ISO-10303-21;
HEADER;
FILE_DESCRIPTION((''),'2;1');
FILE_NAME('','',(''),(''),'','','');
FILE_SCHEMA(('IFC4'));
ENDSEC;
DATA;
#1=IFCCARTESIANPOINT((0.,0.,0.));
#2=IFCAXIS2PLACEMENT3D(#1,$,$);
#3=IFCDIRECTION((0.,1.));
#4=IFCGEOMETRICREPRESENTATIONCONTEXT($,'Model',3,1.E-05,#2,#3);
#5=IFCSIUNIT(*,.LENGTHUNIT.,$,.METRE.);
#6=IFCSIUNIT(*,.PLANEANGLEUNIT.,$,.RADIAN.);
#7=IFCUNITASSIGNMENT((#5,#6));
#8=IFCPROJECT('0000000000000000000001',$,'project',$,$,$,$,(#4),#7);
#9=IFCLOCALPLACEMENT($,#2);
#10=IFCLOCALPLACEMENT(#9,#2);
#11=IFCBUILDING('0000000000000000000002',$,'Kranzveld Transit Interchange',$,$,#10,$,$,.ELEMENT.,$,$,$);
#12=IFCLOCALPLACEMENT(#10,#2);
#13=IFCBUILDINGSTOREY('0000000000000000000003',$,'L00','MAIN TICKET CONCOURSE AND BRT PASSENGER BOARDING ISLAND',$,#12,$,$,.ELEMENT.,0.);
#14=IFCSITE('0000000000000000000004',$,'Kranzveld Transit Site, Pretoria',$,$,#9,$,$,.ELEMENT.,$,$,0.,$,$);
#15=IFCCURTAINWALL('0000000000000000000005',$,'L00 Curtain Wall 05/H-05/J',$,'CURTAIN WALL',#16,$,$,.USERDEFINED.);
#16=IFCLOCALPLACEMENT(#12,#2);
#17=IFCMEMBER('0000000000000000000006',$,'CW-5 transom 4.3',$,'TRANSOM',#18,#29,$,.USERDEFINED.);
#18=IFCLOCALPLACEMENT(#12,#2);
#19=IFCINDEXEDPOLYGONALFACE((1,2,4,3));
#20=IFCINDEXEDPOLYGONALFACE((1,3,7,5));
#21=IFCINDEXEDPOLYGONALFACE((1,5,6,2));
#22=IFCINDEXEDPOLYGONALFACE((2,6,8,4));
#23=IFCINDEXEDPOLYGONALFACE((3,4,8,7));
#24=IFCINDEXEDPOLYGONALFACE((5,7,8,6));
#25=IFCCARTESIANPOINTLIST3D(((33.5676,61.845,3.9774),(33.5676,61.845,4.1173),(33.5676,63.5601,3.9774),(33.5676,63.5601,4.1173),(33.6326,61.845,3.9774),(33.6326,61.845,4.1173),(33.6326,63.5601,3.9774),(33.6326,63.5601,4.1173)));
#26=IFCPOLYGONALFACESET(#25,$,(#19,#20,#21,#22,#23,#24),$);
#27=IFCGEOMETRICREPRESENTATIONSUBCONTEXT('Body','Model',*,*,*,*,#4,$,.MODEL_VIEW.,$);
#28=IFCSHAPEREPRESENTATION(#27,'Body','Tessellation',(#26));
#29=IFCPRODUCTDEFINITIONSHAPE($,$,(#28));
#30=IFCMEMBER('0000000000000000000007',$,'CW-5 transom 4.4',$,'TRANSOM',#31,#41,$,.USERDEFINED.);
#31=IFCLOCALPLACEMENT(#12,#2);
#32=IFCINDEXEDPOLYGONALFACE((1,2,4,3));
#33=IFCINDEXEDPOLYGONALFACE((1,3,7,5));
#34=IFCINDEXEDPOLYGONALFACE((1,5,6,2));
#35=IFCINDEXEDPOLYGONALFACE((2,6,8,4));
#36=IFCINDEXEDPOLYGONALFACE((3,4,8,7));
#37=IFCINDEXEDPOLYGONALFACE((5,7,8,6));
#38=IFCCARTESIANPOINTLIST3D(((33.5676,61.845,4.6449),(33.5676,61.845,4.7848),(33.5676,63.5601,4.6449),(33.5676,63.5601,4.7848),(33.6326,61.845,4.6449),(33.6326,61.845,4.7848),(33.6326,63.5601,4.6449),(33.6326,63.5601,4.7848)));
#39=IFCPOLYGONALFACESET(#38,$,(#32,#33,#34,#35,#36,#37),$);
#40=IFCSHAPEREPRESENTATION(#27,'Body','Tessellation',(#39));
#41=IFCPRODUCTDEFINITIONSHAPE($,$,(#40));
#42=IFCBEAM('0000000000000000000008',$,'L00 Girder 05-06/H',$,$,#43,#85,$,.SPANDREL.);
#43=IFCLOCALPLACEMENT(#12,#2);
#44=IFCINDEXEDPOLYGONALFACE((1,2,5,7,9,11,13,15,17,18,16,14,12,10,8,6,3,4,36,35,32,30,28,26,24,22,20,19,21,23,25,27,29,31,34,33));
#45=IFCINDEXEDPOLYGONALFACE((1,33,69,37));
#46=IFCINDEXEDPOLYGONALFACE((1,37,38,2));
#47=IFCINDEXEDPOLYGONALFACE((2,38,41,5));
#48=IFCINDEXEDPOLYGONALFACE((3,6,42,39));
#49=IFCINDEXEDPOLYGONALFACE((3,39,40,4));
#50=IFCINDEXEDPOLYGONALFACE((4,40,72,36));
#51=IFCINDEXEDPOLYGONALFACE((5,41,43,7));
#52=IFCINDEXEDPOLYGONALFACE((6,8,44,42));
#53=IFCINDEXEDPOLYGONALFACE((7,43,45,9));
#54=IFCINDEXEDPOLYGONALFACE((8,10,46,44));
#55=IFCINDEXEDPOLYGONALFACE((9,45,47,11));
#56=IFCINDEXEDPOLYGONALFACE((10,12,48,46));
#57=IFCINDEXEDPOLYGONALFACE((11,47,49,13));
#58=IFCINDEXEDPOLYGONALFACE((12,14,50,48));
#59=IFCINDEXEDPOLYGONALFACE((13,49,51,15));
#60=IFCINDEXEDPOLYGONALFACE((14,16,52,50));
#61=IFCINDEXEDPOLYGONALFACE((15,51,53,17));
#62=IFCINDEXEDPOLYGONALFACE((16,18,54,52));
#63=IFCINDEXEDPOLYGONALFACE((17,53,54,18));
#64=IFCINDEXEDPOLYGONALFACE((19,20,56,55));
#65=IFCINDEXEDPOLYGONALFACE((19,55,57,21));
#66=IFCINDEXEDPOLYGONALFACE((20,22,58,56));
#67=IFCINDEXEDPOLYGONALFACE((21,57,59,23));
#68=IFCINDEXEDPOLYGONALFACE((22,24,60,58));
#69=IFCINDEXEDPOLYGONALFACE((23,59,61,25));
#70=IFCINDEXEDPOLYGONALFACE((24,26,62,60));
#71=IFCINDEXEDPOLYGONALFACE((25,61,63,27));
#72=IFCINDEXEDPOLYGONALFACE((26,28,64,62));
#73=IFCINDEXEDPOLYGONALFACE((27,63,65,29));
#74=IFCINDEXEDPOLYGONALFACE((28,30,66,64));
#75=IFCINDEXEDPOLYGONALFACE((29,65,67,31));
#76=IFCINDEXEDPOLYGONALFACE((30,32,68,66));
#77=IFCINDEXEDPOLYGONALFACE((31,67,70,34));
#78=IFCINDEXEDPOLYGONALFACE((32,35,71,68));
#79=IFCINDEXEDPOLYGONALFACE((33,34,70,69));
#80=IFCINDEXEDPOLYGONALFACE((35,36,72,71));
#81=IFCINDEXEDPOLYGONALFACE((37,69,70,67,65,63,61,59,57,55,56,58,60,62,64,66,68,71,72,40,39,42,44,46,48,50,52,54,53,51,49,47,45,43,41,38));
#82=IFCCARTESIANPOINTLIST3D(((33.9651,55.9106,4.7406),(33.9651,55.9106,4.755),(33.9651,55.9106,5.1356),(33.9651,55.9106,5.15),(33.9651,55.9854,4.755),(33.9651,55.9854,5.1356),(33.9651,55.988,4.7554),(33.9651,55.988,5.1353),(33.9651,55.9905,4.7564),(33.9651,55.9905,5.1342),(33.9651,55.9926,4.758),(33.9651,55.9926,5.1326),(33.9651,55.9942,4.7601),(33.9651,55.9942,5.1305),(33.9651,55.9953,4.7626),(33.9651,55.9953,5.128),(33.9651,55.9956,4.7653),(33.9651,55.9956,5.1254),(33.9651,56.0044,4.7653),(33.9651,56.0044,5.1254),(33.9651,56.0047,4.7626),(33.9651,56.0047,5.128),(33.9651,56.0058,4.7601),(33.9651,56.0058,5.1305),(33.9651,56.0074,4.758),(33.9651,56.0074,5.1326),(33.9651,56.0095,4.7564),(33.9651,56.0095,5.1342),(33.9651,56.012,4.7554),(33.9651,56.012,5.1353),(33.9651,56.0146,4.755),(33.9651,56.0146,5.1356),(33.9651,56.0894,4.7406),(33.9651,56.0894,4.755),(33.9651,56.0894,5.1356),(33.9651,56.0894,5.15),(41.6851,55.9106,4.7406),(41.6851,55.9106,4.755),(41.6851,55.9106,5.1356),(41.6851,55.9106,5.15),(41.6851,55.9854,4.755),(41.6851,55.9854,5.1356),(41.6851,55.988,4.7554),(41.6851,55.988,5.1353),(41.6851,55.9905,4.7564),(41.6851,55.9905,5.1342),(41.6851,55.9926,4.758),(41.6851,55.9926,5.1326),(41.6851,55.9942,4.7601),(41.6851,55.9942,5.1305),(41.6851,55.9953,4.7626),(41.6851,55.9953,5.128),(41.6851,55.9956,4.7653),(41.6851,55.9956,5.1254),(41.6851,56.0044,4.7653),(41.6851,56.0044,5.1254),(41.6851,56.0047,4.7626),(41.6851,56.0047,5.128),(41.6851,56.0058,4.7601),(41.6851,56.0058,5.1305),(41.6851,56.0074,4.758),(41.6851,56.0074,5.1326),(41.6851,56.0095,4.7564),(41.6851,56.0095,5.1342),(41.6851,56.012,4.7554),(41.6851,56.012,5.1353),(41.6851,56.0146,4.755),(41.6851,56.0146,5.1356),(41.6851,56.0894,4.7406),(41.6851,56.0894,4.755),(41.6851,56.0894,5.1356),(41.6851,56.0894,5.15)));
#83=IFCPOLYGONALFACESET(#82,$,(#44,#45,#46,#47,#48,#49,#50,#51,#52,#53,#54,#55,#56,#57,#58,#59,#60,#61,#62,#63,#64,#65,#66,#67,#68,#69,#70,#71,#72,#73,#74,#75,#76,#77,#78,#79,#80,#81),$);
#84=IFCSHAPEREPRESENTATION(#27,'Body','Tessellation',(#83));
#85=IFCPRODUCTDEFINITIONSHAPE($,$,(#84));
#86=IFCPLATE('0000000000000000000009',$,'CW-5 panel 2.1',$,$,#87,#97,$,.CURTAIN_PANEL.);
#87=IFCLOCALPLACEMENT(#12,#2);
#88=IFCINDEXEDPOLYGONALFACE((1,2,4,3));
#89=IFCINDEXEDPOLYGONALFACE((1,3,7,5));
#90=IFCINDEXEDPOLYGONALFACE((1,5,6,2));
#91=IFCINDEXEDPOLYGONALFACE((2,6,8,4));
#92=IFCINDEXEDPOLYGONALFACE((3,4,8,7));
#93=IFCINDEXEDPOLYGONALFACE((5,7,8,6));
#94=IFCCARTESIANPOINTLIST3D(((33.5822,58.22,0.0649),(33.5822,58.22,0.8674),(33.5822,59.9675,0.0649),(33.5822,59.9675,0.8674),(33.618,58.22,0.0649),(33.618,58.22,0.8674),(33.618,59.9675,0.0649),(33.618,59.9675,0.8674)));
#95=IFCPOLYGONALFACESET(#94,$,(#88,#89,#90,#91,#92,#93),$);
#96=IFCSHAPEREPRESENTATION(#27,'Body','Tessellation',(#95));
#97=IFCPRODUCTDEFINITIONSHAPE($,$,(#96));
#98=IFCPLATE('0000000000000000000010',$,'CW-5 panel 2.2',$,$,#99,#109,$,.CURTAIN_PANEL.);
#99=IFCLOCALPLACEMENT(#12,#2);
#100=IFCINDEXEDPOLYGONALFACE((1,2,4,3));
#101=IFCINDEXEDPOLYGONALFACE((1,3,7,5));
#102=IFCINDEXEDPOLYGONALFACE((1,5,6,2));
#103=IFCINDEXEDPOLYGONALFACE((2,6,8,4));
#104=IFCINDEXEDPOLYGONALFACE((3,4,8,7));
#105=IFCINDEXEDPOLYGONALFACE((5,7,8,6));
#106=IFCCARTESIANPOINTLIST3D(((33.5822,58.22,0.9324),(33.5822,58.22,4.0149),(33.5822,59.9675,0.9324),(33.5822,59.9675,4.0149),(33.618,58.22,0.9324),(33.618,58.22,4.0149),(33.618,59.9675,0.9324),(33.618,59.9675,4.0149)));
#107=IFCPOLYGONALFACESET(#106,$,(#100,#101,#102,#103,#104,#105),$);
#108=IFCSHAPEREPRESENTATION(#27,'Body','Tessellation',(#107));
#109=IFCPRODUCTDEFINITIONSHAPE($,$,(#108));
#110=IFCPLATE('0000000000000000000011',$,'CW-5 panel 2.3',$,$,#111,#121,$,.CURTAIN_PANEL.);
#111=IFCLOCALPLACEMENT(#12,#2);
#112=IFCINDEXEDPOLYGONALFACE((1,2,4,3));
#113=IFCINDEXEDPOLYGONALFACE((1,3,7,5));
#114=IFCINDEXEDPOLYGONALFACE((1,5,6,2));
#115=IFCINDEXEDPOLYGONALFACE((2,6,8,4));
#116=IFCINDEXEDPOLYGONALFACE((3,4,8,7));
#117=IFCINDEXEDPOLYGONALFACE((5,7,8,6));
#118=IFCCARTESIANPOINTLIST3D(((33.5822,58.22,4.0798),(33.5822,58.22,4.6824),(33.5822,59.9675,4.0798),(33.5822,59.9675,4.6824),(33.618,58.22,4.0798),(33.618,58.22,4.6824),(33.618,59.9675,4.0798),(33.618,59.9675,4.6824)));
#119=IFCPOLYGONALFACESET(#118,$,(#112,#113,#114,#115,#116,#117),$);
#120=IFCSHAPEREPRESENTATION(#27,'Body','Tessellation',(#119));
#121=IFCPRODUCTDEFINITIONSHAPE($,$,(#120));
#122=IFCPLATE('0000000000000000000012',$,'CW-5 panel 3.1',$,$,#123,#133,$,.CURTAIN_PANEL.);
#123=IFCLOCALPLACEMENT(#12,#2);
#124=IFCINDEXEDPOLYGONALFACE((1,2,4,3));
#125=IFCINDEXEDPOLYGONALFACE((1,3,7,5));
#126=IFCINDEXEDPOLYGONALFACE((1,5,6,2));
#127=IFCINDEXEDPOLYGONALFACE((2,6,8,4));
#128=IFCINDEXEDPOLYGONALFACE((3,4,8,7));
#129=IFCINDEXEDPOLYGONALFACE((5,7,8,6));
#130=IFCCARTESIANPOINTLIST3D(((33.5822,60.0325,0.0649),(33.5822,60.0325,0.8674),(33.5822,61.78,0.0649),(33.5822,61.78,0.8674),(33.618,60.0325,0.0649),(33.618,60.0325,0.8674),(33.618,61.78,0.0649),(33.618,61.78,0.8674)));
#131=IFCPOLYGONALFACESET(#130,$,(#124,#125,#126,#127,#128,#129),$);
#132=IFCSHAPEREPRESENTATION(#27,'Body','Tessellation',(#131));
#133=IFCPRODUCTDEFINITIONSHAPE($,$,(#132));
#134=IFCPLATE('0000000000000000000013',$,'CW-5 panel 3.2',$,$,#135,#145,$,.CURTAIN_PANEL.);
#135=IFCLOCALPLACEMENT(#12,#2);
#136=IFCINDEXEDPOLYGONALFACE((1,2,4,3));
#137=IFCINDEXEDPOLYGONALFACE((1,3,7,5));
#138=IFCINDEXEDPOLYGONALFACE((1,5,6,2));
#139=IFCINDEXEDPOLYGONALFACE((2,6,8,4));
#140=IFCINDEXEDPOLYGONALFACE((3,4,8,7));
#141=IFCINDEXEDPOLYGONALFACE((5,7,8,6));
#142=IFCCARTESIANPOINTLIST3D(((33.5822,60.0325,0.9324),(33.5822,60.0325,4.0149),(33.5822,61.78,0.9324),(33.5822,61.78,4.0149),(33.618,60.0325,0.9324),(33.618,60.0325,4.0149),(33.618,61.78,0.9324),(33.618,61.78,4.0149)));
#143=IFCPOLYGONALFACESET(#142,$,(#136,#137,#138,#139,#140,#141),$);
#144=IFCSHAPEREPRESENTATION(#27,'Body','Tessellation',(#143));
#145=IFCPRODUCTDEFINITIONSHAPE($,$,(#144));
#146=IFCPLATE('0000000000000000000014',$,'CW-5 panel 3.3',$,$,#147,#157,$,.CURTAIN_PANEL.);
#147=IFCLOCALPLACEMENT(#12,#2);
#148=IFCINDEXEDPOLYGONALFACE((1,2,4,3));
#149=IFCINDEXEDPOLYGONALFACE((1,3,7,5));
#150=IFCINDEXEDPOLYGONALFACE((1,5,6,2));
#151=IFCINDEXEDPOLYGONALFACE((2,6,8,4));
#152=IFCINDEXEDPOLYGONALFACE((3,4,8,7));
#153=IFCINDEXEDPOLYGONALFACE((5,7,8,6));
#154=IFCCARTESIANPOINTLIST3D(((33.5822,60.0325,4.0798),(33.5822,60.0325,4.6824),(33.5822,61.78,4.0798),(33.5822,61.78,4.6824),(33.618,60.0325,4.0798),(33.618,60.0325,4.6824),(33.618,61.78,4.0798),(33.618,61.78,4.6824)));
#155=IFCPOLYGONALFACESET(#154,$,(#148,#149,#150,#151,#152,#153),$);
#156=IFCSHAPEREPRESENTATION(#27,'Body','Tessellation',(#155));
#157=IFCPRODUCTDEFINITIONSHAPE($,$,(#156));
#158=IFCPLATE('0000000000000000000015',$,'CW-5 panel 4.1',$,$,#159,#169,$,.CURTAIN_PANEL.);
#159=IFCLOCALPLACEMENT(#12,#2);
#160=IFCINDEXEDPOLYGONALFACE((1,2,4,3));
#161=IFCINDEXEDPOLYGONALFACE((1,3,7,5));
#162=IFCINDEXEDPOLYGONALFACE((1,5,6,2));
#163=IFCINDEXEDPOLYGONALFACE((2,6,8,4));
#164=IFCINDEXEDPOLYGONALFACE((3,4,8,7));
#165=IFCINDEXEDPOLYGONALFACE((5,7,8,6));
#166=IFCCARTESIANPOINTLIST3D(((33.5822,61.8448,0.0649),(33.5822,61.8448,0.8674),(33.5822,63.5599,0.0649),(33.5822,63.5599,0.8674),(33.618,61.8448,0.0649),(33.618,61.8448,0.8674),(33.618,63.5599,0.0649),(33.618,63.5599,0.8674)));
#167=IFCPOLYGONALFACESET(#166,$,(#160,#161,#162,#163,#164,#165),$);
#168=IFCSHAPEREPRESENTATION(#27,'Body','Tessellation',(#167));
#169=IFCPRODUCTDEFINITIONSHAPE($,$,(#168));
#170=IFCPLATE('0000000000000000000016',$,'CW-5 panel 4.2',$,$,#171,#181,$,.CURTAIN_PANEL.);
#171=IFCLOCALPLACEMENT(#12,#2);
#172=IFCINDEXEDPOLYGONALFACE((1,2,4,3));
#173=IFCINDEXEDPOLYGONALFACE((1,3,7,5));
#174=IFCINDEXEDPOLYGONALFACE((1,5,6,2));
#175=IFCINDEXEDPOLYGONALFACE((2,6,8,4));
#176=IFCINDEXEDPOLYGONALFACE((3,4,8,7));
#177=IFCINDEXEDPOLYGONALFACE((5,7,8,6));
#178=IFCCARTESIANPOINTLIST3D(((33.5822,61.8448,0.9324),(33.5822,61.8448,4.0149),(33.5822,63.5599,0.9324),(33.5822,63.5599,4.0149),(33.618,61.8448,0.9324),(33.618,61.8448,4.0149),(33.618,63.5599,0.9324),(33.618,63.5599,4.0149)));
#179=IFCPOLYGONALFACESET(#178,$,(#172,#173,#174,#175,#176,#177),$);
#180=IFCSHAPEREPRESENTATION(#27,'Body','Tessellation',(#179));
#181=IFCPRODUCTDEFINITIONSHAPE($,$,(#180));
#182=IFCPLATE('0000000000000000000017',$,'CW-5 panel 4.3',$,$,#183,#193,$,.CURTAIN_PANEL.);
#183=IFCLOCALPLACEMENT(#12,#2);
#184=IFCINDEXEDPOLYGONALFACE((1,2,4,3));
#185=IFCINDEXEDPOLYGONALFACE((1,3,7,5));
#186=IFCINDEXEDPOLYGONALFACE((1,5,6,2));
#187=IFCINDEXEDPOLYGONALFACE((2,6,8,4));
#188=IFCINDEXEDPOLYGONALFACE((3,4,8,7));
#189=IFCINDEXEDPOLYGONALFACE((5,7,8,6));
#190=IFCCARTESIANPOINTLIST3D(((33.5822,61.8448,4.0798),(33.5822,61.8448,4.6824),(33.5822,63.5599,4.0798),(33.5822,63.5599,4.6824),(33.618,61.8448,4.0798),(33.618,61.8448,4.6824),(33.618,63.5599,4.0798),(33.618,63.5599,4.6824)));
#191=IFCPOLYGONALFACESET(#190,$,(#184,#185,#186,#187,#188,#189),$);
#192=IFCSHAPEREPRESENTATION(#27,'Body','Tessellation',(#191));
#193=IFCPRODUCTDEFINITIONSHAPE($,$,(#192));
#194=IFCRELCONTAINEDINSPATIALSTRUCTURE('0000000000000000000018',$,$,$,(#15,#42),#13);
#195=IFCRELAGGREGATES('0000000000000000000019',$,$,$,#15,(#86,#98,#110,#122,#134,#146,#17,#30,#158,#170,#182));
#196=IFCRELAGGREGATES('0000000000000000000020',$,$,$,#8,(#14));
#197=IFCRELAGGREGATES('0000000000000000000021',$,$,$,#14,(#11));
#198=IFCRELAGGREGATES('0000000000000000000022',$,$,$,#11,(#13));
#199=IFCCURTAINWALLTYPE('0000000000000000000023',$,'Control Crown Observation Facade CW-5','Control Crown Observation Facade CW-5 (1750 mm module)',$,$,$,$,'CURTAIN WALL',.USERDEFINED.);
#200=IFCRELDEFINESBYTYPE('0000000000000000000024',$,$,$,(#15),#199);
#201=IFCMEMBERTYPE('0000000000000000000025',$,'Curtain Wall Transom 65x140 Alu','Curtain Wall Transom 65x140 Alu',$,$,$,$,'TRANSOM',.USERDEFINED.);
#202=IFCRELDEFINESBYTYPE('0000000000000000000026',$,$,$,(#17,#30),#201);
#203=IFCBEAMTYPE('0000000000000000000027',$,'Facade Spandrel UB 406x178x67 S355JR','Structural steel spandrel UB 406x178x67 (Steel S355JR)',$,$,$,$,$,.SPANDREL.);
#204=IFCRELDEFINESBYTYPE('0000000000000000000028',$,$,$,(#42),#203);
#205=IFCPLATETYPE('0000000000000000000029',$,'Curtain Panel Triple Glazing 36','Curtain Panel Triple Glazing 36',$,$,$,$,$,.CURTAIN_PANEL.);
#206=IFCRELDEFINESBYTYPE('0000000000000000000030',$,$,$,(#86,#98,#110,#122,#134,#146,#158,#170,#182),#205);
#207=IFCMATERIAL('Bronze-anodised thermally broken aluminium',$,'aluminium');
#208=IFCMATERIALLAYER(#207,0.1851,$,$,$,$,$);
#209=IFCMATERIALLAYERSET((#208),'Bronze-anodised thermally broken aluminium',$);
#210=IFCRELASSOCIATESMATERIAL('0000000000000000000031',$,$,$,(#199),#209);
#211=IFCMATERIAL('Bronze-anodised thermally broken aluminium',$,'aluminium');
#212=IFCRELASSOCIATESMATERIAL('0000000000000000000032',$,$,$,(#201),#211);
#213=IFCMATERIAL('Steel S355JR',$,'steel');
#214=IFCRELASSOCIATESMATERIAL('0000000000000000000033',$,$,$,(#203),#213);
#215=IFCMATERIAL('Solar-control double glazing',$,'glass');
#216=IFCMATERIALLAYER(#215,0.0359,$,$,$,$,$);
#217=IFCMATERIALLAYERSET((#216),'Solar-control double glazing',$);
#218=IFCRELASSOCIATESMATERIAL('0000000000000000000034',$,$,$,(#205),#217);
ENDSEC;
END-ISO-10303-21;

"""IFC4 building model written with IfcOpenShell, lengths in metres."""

from ifc_helpers import new_model, si_unit, direction, frame, origin, origin_2d, place, context, subcontext, project, spatial, rectangle, i_section, extrude, material, layer, layer_set, material_profile, profile_set, type_object, element, aggregate, save


model = new_model("IFC4")

# Units and contexts
model_context = context("Model", 3, precision=1e-05, world=origin(), true_north=direction((0.0, 1.0)))
body_context = subcontext(model_context, "Body", "Model", "MODEL_VIEW")
ifc_project = project(units=[si_unit("LENGTHUNIT", "METRE"), si_unit("PLANEANGLEUNIT", "RADIAN")], contexts=[model_context])

# Site, building, storey
site_placement = place(None, origin())
site = spatial("IfcSite", under=ifc_project, at=site_placement, Name="Kranzveld Transit Site, Pretoria", CompositionType="ELEMENT", RefElevation=0.0)
building_placement = place(site_placement, origin())
building = spatial("IfcBuilding", under=site, at=building_placement, Name="Kranzveld Transit Interchange", CompositionType="ELEMENT")
storey_placement = place(building_placement, origin())
storey = spatial("IfcBuildingStorey", under=building, at=storey_placement, Name="L00", Description="MAIN TICKET CONCOURSE AND BRT PASSENGER BOARDING ISLAND", CompositionType="ELEMENT", Elevation=0.0)

# Curtain wall, members
ifc_material_1 = material(Name="Bronze-anodised thermally broken aluminium", Category="aluminium")
ifc_layer_1 = layer(ifc_material_1, 0.1851)
ifc_layer_set_1 = layer_set([ifc_layer_1], Name="Bronze-anodised thermally broken aluminium")
curtain_wall_type = type_object("IfcCurtainWallType", Name="Control Crown Observation Facade CW-5", Description="Control Crown Observation Facade CW-5 (1750 mm module)", ElementType="CURTAIN WALL", PredefinedType="USERDEFINED", material=ifc_layer_set_1)
curtain_wall_placement = place(storey_placement, origin())
curtain_wall = element("IfcCurtainWall", 1, at=curtain_wall_placement, inside=storey, type_object=curtain_wall_type, Name="L00 Curtain Wall 05/H-05/J", ObjectType="CURTAIN WALL", PredefinedType="USERDEFINED")
ifc_material_2 = material(Name="Bronze-anodised thermally broken aluminium", Category="aluminium")
ifc_material_profile_1 = material_profile(ifc_material_2, rectangle(XDim=0.0649, YDim=0.1399, at=origin_2d()), Name="ALU TRANSOM 65x140")
ifc_profile_set_1 = profile_set([ifc_material_profile_1], Name="Bronze-anodised thermally broken aluminium")
member_type_1 = type_object("IfcMemberType", Name="Curtain Wall Transom 65x140 Alu", Description="Curtain Wall Transom 65x140 Alu", ElementType="TRANSOM", PredefinedType="USERDEFINED", material=ifc_profile_set_1)
member_1_placement = place(storey_placement, frame((33.6001, 61.845, 4.0474), z_axis=(0.0, 1.0, 0.0), x_axis=(-1.0, 0.0, 0.0)))
member_1 = element("IfcMember", 2, at=member_1_placement, type_object=member_type_1, Name="CW-5 transom 4.3", ObjectType="TRANSOM", PredefinedType="USERDEFINED", context=body_context, shape_type="SweptSolid", body=[
    extrude(rectangle(XDim=0.0649, YDim=0.1399, at=origin_2d()), origin(), (0.0, 0.0, 1.0), 1.7151),
])
member_2_placement = place(storey_placement, frame((33.6001, 61.845, 4.7148), z_axis=(0.0, 1.0, 0.0), x_axis=(-1.0, 0.0, 0.0)))
member_2 = element("IfcMember", 3, at=member_2_placement, type_object=member_type_1, Name="CW-5 transom 4.4", ObjectType="TRANSOM", PredefinedType="USERDEFINED", context=body_context, shape_type="SweptSolid", body=[
    extrude(rectangle(XDim=0.0649, YDim=0.1399, at=origin_2d()), origin(), (0.0, 0.0, 1.0), 1.7151),
])

# Beam
ifc_material_3 = material(Name="Steel S355JR", Category="steel")
ifc_material_profile_2 = material_profile(ifc_material_3, i_section(OverallWidth=0.1787, OverallDepth=0.4094, WebThickness=0.0088, FlangeThickness=0.0144, FilletRadius=0.0103, at=origin_2d()), Name="UB 406x178x67")
ifc_profile_set_2 = profile_set([ifc_material_profile_2], Name="Steel S355JR")
beam_type = type_object("IfcBeamType", Name="Facade Spandrel UB 406x178x67 S355JR", Description="Structural steel spandrel UB 406x178x67 (Steel S355JR)", PredefinedType="SPANDREL", material=ifc_profile_set_2)
beam_placement = place(storey_placement, frame((33.9651, 56.0, 4.9453), z_axis=(1.0, 0.0, 0.0), x_axis=(0.0, 1.0, 0.0)))
element("IfcBeam", 4, at=beam_placement, inside=storey, type_object=beam_type, Name="L00 Girder 05-06/H", PredefinedType="SPANDREL", context=body_context, shape_type="SweptSolid", body=[
    extrude(i_section(OverallWidth=0.1787, OverallDepth=0.4094, WebThickness=0.0088, FlangeThickness=0.0144, FilletRadius=0.0103, at=origin_2d()), origin(), (0.0, 0.0, 1.0), 7.72),
])

# Plates
ifc_material_4 = material(Name="Solar-control double glazing", Category="glass")
ifc_layer_2 = layer(ifc_material_4, 0.0359)
ifc_layer_set_2 = layer_set([ifc_layer_2], Name="Solar-control double glazing")
plate_type = type_object("IfcPlateType", Name="Curtain Panel Triple Glazing 36", Description="Curtain Panel Triple Glazing 36", PredefinedType="CURTAIN_PANEL", material=ifc_layer_set_2)
plate_1_placement = place(storey_placement, frame((33.6001, 59.0938, 0.0649), z_axis=(0.0, 0.0, 1.0), x_axis=(0.0, 1.0, 0.0)))
plate_1 = element("IfcPlate", 5, at=plate_1_placement, type_object=plate_type, Name="CW-5 panel 2.1", PredefinedType="CURTAIN_PANEL", context=body_context, shape_type="SweptSolid", body=[
    extrude(rectangle(XDim=1.7476, YDim=0.0359, at=origin_2d()), origin(), (0.0, 0.0, 1.0), 0.8025),
])
plate_2_placement = place(storey_placement, frame((33.6001, 59.0938, 0.9324), z_axis=(0.0, 0.0, 1.0), x_axis=(0.0, 1.0, 0.0)))
plate_2 = element("IfcPlate", 6, at=plate_2_placement, type_object=plate_type, Name="CW-5 panel 2.2", PredefinedType="CURTAIN_PANEL", context=body_context, shape_type="SweptSolid", body=[
    extrude(rectangle(XDim=1.7476, YDim=0.0359, at=origin_2d()), origin(), (0.0, 0.0, 1.0), 3.0825),
])
plate_3_placement = place(storey_placement, frame((33.6001, 59.0938, 4.0798), z_axis=(0.0, 0.0, 1.0), x_axis=(0.0, 1.0, 0.0)))
plate_3 = element("IfcPlate", 7, at=plate_3_placement, type_object=plate_type, Name="CW-5 panel 2.3", PredefinedType="CURTAIN_PANEL", context=body_context, shape_type="SweptSolid", body=[
    extrude(rectangle(XDim=1.7476, YDim=0.0359, at=origin_2d()), origin(), (0.0, 0.0, 1.0), 0.6025),
])
plate_4_placement = place(storey_placement, frame((33.6001, 60.9062, 0.0649), z_axis=(0.0, 0.0, 1.0), x_axis=(0.0, 1.0, 0.0)))
plate_4 = element("IfcPlate", 8, at=plate_4_placement, type_object=plate_type, Name="CW-5 panel 3.1", PredefinedType="CURTAIN_PANEL", context=body_context, shape_type="SweptSolid", body=[
    extrude(rectangle(XDim=1.7476, YDim=0.0359, at=origin_2d()), origin(), (0.0, 0.0, 1.0), 0.8025),
])
plate_5_placement = place(storey_placement, frame((33.6001, 60.9062, 0.9324), z_axis=(0.0, 0.0, 1.0), x_axis=(0.0, 1.0, 0.0)))
plate_5 = element("IfcPlate", 9, at=plate_5_placement, type_object=plate_type, Name="CW-5 panel 3.2", PredefinedType="CURTAIN_PANEL", context=body_context, shape_type="SweptSolid", body=[
    extrude(rectangle(XDim=1.7476, YDim=0.0359, at=origin_2d()), origin(), (0.0, 0.0, 1.0), 3.0825),
])
plate_6_placement = place(storey_placement, frame((33.6001, 60.9062, 4.0798), z_axis=(0.0, 0.0, 1.0), x_axis=(0.0, 1.0, 0.0)))
plate_6 = element("IfcPlate", 10, at=plate_6_placement, type_object=plate_type, Name="CW-5 panel 3.3", PredefinedType="CURTAIN_PANEL", context=body_context, shape_type="SweptSolid", body=[
    extrude(rectangle(XDim=1.7476, YDim=0.0359, at=origin_2d()), origin(), (0.0, 0.0, 1.0), 0.6025),
])
plate_7_placement = place(storey_placement, frame((33.6001, 62.7024, 0.0649), z_axis=(0.0, 0.0, 1.0), x_axis=(0.0, 1.0, 0.0)))
plate_7 = element("IfcPlate", 11, at=plate_7_placement, type_object=plate_type, Name="CW-5 panel 4.1", PredefinedType="CURTAIN_PANEL", context=body_context, shape_type="SweptSolid", body=[
    extrude(rectangle(XDim=1.7151, YDim=0.0359, at=origin_2d()), origin(), (0.0, 0.0, 1.0), 0.8025),
])
plate_8_placement = place(storey_placement, frame((33.6001, 62.7024, 0.9324), z_axis=(0.0, 0.0, 1.0), x_axis=(0.0, 1.0, 0.0)))
plate_8 = element("IfcPlate", 12, at=plate_8_placement, type_object=plate_type, Name="CW-5 panel 4.2", PredefinedType="CURTAIN_PANEL", context=body_context, shape_type="SweptSolid", body=[
    extrude(rectangle(XDim=1.7151, YDim=0.0359, at=origin_2d()), origin(), (0.0, 0.0, 1.0), 3.0825),
])
plate_9_placement = place(storey_placement, frame((33.6001, 62.7024, 4.0798), z_axis=(0.0, 0.0, 1.0), x_axis=(0.0, 1.0, 0.0)))
plate_9 = element("IfcPlate", 13, at=plate_9_placement, type_object=plate_type, Name="CW-5 panel 4.3", PredefinedType="CURTAIN_PANEL", context=body_context, shape_type="SweptSolid", body=[
    extrude(rectangle(XDim=1.7151, YDim=0.0359, at=origin_2d()), origin(), (0.0, 0.0, 1.0), 0.6025),
])
aggregate(curtain_wall, [plate_1, plate_2, plate_3, plate_4, plate_5, plate_6, member_1, member_2, plate_7, plate_8, plate_9])

save(model, "model.ifc")
